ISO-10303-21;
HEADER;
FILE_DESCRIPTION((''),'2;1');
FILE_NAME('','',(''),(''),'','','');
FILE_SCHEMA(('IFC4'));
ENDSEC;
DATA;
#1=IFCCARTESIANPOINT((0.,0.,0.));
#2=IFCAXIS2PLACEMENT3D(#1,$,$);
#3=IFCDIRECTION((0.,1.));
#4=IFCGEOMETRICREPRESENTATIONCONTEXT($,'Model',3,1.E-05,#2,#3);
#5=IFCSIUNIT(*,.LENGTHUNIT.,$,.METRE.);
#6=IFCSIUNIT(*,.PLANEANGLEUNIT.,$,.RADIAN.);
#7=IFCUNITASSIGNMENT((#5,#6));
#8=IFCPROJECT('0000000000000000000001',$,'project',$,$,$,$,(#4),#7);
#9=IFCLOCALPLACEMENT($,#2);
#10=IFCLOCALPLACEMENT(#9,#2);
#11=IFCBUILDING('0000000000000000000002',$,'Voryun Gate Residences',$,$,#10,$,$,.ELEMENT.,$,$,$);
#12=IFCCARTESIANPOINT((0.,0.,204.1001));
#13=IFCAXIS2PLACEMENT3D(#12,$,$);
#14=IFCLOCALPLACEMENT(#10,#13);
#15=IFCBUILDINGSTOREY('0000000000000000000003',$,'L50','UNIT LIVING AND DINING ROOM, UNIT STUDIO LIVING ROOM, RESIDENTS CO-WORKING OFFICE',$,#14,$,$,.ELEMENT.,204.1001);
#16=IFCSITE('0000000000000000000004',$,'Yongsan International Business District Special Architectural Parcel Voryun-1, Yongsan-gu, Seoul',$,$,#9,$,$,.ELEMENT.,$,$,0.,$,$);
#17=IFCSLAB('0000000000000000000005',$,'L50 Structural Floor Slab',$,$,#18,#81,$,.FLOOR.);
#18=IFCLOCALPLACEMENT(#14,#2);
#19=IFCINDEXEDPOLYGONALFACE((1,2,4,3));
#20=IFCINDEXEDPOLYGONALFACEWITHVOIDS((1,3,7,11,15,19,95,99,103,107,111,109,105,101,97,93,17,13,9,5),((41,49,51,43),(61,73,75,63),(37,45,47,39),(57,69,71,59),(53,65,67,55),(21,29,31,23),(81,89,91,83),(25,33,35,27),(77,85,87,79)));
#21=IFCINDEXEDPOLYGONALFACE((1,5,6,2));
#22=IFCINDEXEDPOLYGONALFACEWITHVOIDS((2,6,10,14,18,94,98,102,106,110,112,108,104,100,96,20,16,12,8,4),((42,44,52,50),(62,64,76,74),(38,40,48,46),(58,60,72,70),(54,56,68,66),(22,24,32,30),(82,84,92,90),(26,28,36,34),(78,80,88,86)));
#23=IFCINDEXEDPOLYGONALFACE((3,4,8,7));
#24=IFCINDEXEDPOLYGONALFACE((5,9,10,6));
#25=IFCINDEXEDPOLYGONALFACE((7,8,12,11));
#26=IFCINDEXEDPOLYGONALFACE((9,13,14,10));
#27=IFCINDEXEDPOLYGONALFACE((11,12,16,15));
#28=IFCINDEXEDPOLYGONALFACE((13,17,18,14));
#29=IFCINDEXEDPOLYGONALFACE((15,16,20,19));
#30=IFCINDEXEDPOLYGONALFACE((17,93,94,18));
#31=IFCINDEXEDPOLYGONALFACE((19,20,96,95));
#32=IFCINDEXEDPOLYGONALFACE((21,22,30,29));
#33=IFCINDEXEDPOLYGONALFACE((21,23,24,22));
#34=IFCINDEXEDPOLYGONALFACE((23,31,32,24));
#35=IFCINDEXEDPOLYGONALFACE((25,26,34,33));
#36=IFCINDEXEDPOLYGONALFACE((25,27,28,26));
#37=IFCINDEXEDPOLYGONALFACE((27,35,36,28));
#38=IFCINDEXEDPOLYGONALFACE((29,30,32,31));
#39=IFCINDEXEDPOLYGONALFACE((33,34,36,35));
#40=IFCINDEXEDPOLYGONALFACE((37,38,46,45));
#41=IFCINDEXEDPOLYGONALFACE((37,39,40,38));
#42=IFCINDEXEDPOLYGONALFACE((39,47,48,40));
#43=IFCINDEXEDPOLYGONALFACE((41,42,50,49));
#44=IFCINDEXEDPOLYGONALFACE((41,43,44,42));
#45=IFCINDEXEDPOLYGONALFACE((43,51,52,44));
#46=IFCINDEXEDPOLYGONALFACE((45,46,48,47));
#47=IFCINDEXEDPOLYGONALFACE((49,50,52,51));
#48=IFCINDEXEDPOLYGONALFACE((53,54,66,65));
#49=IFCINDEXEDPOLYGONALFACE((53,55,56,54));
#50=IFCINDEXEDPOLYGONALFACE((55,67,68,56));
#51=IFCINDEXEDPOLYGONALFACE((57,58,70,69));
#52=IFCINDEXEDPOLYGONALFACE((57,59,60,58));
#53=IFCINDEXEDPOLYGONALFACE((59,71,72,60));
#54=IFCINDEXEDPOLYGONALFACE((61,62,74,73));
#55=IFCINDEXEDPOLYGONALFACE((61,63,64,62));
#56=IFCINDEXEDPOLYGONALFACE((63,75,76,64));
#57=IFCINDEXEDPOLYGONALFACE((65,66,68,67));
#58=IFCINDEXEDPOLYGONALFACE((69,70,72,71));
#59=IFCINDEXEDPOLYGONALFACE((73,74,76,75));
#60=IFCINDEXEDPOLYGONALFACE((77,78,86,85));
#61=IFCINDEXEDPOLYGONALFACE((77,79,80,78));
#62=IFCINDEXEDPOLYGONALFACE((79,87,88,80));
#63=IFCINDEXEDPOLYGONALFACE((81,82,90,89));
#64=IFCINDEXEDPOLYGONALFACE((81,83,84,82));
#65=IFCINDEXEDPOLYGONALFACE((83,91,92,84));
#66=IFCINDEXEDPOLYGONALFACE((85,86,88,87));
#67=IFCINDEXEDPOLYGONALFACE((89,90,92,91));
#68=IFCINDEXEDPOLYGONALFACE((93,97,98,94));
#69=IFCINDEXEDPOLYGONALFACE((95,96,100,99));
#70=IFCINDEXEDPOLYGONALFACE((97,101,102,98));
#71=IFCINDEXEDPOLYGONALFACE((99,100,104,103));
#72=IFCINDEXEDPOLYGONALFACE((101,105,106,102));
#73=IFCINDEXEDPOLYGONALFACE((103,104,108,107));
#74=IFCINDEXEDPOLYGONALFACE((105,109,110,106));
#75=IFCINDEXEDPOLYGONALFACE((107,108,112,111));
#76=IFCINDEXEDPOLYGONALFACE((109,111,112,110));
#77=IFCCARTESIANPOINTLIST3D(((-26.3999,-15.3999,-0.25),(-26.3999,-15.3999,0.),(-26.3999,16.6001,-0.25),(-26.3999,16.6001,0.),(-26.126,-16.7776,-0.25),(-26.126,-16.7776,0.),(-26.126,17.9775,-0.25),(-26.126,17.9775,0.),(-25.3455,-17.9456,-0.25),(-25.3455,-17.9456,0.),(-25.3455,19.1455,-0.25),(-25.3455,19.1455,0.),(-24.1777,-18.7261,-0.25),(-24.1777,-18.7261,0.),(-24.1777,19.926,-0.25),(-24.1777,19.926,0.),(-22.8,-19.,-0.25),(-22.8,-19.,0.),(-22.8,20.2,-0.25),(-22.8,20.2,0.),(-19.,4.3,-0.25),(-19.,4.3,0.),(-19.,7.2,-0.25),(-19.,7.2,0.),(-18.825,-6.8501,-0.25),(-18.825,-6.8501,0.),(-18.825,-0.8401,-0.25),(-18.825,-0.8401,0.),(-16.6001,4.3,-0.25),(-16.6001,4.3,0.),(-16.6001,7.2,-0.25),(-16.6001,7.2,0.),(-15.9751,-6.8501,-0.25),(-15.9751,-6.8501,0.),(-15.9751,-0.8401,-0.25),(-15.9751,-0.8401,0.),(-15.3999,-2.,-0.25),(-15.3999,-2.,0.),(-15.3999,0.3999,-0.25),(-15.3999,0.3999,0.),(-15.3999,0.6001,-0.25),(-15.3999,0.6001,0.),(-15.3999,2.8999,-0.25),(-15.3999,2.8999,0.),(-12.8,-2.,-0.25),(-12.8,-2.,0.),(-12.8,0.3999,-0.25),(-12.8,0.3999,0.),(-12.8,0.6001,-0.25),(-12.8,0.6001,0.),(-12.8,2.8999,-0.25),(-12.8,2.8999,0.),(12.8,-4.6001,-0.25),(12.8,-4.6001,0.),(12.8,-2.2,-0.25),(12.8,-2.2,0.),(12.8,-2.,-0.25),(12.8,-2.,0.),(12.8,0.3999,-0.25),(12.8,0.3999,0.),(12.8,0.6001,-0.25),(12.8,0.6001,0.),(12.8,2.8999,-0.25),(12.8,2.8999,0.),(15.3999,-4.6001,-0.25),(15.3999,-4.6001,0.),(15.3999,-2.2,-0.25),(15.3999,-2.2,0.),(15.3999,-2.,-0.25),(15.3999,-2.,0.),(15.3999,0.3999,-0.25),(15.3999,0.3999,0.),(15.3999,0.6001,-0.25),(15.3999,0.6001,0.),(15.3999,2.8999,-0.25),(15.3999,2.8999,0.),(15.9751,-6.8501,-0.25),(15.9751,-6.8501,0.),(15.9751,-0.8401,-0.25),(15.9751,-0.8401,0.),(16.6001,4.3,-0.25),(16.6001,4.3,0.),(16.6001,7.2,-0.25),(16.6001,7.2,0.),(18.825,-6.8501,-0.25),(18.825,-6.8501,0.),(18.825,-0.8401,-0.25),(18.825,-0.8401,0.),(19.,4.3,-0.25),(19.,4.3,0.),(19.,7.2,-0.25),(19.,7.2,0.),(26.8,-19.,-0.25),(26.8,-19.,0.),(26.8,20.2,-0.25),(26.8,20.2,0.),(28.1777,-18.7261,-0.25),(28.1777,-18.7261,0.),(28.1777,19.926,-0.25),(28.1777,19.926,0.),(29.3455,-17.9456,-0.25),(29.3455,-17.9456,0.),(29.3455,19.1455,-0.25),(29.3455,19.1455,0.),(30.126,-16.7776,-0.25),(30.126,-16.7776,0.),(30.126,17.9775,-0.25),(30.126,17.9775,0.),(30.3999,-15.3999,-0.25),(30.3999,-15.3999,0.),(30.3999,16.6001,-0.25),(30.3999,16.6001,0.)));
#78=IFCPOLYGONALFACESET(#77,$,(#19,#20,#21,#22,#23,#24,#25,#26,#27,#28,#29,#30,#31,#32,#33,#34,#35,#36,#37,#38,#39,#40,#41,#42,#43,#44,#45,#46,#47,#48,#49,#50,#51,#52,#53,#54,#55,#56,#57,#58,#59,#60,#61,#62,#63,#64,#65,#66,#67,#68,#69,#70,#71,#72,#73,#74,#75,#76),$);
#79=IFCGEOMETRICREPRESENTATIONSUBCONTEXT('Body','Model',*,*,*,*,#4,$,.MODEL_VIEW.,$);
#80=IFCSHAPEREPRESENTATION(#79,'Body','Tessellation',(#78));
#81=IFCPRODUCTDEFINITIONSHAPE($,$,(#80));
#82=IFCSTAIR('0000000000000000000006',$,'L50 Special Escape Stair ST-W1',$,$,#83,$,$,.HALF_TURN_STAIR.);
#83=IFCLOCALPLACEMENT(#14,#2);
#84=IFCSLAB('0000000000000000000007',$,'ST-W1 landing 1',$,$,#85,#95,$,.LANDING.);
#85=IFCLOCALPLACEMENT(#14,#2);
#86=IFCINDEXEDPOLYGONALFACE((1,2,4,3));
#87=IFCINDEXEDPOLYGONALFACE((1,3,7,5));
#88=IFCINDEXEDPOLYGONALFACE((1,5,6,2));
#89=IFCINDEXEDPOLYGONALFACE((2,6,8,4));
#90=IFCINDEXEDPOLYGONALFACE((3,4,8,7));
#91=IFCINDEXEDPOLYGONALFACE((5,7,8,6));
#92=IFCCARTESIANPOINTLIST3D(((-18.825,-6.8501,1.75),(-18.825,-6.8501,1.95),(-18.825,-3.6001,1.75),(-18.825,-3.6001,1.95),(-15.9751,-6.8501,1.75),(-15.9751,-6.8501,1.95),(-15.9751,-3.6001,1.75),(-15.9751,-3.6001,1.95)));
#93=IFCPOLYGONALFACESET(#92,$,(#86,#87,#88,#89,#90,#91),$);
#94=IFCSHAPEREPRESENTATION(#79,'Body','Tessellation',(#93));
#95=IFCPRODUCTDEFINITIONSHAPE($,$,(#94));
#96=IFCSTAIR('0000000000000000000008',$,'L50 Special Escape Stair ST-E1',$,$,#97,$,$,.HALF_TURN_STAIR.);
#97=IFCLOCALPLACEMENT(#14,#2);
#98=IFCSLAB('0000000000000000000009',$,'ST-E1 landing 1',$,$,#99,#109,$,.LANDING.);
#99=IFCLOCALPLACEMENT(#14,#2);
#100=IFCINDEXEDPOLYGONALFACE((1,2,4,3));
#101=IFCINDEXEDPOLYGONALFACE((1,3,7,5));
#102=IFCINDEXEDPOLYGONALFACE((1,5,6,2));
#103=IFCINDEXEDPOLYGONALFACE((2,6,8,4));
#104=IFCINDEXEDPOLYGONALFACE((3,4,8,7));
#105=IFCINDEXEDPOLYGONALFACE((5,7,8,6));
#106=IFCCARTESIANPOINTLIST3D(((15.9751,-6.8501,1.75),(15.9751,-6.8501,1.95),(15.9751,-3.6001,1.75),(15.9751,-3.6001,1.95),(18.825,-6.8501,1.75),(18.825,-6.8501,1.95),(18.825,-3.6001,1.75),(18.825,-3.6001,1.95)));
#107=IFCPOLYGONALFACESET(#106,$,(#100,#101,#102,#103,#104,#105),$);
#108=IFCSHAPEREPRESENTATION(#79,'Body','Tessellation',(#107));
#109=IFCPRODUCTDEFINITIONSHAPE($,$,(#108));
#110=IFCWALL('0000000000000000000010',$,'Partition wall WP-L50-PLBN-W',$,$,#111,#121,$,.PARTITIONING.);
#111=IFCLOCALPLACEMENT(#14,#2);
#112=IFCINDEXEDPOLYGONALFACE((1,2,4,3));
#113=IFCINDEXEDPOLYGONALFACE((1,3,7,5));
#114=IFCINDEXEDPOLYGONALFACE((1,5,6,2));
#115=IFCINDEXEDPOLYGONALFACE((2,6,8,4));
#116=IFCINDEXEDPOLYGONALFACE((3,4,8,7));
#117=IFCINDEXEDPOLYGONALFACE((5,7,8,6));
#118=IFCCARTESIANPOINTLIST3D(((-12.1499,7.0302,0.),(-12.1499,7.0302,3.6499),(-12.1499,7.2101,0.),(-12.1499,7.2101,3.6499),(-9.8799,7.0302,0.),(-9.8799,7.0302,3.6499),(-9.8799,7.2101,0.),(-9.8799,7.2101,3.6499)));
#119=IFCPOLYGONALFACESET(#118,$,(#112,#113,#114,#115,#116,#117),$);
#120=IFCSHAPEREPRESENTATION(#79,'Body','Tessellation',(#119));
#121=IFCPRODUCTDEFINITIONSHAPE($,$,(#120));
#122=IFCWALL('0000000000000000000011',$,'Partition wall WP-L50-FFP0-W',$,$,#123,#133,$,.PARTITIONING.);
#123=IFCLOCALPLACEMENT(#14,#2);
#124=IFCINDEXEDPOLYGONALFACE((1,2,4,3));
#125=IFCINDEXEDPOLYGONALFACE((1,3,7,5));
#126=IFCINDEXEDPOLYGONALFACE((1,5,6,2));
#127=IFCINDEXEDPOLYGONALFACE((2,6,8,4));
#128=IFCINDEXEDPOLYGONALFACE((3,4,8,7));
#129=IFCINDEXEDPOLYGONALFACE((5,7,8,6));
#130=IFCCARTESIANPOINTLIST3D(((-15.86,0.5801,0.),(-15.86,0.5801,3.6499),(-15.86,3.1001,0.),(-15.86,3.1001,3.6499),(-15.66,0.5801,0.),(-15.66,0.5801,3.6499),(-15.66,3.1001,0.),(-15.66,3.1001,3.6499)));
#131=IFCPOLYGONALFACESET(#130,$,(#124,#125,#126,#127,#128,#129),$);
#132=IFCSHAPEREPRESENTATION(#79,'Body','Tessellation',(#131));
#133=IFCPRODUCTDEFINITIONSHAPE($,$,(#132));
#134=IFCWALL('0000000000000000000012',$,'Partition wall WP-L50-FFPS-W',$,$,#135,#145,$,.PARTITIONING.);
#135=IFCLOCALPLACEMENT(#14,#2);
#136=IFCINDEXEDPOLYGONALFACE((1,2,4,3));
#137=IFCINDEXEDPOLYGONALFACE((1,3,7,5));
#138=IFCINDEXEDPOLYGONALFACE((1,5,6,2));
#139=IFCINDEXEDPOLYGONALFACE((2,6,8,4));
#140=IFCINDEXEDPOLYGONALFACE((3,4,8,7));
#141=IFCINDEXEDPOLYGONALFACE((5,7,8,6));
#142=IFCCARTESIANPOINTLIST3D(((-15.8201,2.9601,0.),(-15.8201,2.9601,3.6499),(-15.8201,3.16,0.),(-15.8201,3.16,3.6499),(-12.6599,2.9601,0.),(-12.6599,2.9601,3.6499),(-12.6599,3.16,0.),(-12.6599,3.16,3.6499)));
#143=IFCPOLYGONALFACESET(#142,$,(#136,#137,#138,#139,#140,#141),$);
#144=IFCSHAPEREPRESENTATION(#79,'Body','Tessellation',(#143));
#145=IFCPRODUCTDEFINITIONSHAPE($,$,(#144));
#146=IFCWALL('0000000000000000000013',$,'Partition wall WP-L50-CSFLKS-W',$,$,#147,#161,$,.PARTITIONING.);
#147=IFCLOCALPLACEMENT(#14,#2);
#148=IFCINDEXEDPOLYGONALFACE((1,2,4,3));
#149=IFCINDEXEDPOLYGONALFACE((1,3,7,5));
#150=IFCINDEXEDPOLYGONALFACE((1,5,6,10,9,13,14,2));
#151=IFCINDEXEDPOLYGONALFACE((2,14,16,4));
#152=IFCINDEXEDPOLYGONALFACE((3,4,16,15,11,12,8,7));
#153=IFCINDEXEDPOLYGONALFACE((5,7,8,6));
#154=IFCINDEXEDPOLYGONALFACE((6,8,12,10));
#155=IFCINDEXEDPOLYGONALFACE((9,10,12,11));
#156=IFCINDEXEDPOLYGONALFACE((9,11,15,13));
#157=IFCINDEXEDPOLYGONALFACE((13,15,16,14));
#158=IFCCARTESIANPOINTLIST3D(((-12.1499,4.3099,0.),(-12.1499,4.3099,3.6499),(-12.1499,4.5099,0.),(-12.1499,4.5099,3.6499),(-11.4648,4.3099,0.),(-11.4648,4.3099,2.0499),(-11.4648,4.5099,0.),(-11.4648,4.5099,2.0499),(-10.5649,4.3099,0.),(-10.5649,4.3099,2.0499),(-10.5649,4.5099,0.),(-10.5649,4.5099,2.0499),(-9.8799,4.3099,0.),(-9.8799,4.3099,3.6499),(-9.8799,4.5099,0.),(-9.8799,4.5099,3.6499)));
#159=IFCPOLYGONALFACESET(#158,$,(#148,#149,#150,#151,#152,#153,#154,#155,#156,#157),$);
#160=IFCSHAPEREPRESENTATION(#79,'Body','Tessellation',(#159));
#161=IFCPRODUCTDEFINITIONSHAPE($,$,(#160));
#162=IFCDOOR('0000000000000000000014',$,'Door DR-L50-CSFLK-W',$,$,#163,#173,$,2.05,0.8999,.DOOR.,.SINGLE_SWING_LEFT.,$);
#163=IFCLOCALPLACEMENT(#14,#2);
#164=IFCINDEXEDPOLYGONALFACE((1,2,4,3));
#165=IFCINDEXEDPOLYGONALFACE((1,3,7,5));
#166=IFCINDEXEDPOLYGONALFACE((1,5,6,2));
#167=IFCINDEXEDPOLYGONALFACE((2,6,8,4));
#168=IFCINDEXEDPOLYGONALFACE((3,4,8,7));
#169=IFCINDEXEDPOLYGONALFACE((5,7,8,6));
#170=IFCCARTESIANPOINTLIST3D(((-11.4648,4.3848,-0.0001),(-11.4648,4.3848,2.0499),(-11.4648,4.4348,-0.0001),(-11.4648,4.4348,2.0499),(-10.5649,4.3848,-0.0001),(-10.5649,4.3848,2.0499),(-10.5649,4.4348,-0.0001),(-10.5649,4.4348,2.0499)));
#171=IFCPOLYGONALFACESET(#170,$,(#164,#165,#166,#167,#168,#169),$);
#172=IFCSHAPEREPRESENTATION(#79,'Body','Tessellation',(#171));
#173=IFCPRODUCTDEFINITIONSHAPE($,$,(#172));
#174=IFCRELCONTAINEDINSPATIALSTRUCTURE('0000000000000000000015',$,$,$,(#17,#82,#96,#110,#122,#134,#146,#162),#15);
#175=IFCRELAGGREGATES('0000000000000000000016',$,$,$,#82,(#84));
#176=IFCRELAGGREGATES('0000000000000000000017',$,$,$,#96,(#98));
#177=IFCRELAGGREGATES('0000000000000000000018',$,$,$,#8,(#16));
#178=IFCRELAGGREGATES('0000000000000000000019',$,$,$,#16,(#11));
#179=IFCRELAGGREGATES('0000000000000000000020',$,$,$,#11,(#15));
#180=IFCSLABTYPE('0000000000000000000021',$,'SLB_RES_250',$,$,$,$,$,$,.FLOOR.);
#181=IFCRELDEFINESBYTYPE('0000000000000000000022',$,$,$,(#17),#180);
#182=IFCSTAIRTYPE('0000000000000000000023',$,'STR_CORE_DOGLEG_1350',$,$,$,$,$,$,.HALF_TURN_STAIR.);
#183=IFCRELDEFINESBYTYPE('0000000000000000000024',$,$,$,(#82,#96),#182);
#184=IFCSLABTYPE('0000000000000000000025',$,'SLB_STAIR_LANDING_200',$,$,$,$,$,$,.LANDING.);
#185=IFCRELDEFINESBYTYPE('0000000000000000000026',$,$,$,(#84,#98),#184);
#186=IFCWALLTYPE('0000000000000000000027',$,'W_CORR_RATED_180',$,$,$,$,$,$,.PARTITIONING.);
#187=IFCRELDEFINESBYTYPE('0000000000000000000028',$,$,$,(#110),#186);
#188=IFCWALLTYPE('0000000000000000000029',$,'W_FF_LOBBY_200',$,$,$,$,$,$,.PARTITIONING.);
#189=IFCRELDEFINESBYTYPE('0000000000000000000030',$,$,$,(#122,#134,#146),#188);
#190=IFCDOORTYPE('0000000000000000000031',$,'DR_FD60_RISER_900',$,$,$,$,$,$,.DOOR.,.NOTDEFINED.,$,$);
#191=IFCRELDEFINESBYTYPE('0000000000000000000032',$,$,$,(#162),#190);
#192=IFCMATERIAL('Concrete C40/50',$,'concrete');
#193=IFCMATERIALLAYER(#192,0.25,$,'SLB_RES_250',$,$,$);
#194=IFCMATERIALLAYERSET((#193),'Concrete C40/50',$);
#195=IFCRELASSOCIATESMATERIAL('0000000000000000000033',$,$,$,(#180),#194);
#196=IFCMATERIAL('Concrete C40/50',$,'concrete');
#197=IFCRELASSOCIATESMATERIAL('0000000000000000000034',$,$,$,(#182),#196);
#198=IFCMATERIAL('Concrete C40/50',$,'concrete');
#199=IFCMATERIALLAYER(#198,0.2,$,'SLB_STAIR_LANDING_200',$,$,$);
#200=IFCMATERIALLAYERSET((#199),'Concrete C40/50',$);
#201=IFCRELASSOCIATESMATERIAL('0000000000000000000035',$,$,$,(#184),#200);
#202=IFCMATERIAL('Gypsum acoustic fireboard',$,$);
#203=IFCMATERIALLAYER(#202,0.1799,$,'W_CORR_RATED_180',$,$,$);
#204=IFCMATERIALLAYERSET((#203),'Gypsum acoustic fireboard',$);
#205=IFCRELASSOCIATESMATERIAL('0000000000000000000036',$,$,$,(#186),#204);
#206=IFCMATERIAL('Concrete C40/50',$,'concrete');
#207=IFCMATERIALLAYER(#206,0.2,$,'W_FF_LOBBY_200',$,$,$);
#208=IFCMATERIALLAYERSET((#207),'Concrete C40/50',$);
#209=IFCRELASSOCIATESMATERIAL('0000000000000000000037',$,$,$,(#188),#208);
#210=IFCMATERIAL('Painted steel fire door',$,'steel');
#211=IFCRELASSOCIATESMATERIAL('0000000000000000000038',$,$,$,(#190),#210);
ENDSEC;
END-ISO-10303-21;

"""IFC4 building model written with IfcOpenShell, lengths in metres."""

from ifc_helpers import new_model, si_unit, direction, frame, frame_2d, origin, place, context, subcontext, project, spatial, polyline, rectangle, outline, extrude, material, layer, layer_set, type_object, element, fill, aggregate, save


model = new_model("IFC4")

# Units and contexts
model_context = context("Model", 3, precision=1e-05, world=origin(), true_north=direction((0.0, 1.0)))
body_context = subcontext(model_context, "Body", "Model", "MODEL_VIEW")
ifc_project = project(units=[si_unit("LENGTHUNIT", "METRE"), si_unit("PLANEANGLEUNIT", "RADIAN")], contexts=[model_context])

# Site, building, storey
site_placement = place(None, origin())
site = spatial("IfcSite", under=ifc_project, at=site_placement, Name="Yongsan International Business District Special Architectural Parcel Voryun-1, Yongsan-gu, Seoul", CompositionType="ELEMENT", RefElevation=0.0)
building_placement = place(site_placement, origin())
building = spatial("IfcBuilding", under=site, at=building_placement, Name="Voryun Gate Residences", CompositionType="ELEMENT")
storey_placement = place(building_placement, frame((0.0, 0.0, 204.1001)))
storey = spatial("IfcBuildingStorey", under=building, at=storey_placement, Name="L50", Description="UNIT LIVING AND DINING ROOM, UNIT STUDIO LIVING ROOM, RESIDENTS CO-WORKING OFFICE", CompositionType="ELEMENT", Elevation=204.1001)

# Slab
ifc_material_1 = material(Name="Concrete C40/50", Category="concrete")
ifc_layer_1 = layer(ifc_material_1, 0.25, Name="SLB_RES_250")
ifc_layer_set_1 = layer_set([ifc_layer_1], Name="Concrete C40/50")
slab_type_1 = type_object("IfcSlabType", Name="SLB_RES_250", PredefinedType="FLOOR", material=ifc_layer_set_1)
slab_1_placement = place(storey_placement, frame((0.0, 0.0, -0.25)))
element("IfcSlab", 1, at=slab_1_placement, inside=storey, type_object=slab_type_1, Name="L50 Structural Floor Slab", PredefinedType="FLOOR", context=body_context, shape_type="SweptSolid", body=[
    extrude(outline(polyline([(-22.8, -19.0), (-24.1777, -18.7261), (-25.3455, -17.9456), (-26.126, -16.7776), (-26.3999, -15.3999), (-26.3999, 16.6001), (-26.126, 17.9775), (-25.3455, 19.1455), (-24.1777, 19.926), (-22.8, 20.2), (26.8, 20.2), (28.1777, 19.926), (29.3455, 19.1455), (30.126, 17.9775), (30.3999, 16.6001), (30.3999, -15.3999), (30.126, -16.7776), (29.3455, -17.9456), (28.1777, -18.7261), (26.8, -19.0), (-22.8, -19.0)]), holes=[polyline([(-15.9751, -6.8501), (-15.9751, -0.8401), (-18.825, -0.8401), (-18.825, -6.8501), (-15.9751, -6.8501)]), polyline([(18.825, -6.8501), (18.825, -0.8401), (15.9751, -0.8401), (15.9751, -6.8501), (18.825, -6.8501)]), polyline([(15.3999, -2.2), (12.8, -2.2), (12.8, -4.6001), (15.3999, -4.6001), (15.3999, -2.2)]), polyline([(-12.8, 0.3999), (-15.3999, 0.3999), (-15.3999, -2.0), (-12.8, -2.0), (-12.8, 0.3999)]), polyline([(15.3999, 0.3999), (12.8, 0.3999), (12.8, -2.0), (15.3999, -2.0), (15.3999, 0.3999)]), polyline([(-12.8, 2.8999), (-15.3999, 2.8999), (-15.3999, 0.6001), (-12.8, 0.6001), (-12.8, 2.8999)]), polyline([(15.3999, 2.8999), (12.8, 2.8999), (12.8, 0.6001), (15.3999, 0.6001), (15.3999, 2.8999)]), polyline([(-16.6001, 4.3), (-16.6001, 7.2), (-19.0, 7.2), (-19.0, 4.3), (-16.6001, 4.3)]), polyline([(19.0, 4.3), (19.0, 7.2), (16.6001, 7.2), (16.6001, 4.3), (19.0, 4.3)])]), origin(), (0.0, 0.0, 1.0), 0.25),
])

# Stairs, slabs
ifc_material_2 = material(Name="Concrete C40/50", Category="concrete")
stair_type = type_object("IfcStairType", Name="STR_CORE_DOGLEG_1350", PredefinedType="HALF_TURN_STAIR", material=ifc_material_2)
stair_1_placement = place(storey_placement, origin())
stair_1 = element("IfcStair", 2, at=stair_1_placement, inside=storey, type_object=stair_type, Name="L50 Special Escape Stair ST-W1", PredefinedType="HALF_TURN_STAIR")
ifc_material_3 = material(Name="Concrete C40/50", Category="concrete")
ifc_layer_2 = layer(ifc_material_3, 0.2, Name="SLB_STAIR_LANDING_200")
ifc_layer_set_2 = layer_set([ifc_layer_2], Name="Concrete C40/50")
slab_type_2 = type_object("IfcSlabType", Name="SLB_STAIR_LANDING_200", PredefinedType="LANDING", material=ifc_layer_set_2)
slab_2_placement = place(storey_placement, frame((0.0, 0.0, 1.75)))
slab_2 = element("IfcSlab", 3, at=slab_2_placement, type_object=slab_type_2, Name="ST-W1 landing 1", PredefinedType="LANDING", context=body_context, shape_type="SweptSolid", body=[
    extrude(outline(polyline([(-18.825, -3.6001), (-18.825, -6.8501), (-15.9751, -6.8501), (-15.9751, -3.6001), (-18.825, -3.6001)])), origin(), (0.0, 0.0, 1.0), 0.2),
])
aggregate(stair_1, [slab_2])
stair_2_placement = place(storey_placement, origin())
stair_2 = element("IfcStair", 4, at=stair_2_placement, inside=storey, type_object=stair_type, Name="L50 Special Escape Stair ST-E1", PredefinedType="HALF_TURN_STAIR")
slab_3_placement = place(storey_placement, frame((0.0, 0.0, 1.75)))
slab_3 = element("IfcSlab", 5, at=slab_3_placement, type_object=slab_type_2, Name="ST-E1 landing 1", PredefinedType="LANDING", context=body_context, shape_type="SweptSolid", body=[
    extrude(outline(polyline([(15.9751, -3.6001), (15.9751, -6.8501), (18.825, -6.8501), (18.825, -3.6001), (15.9751, -3.6001)])), origin(), (0.0, 0.0, 1.0), 0.2),
])
aggregate(stair_2, [slab_3])

# Walls
ifc_material_4 = material(Name="Gypsum acoustic fireboard")
ifc_layer_3 = layer(ifc_material_4, 0.1799, Name="W_CORR_RATED_180")
ifc_layer_set_3 = layer_set([ifc_layer_3], Name="Gypsum acoustic fireboard")
wall_type_1 = type_object("IfcWallType", Name="W_CORR_RATED_180", PredefinedType="PARTITIONING", material=ifc_layer_set_3)
wall_1_placement = place(storey_placement, frame((-12.1499, 7.1201, 0.0), z_axis=(0.0, 0.0, 1.0), x_axis=(1.0, 0.0, 0.0)))
element("IfcWall", 6, at=wall_1_placement, inside=storey, type_object=wall_type_1, Name="Partition wall WP-L50-PLBN-W", PredefinedType="PARTITIONING", context=body_context, shape_type="SweptSolid", body=[
    extrude(rectangle(XDim=2.27, YDim=0.1799, at=frame_2d((1.135, 0.0))), origin(), (0.0, 0.0, 1.0), 3.6499),
])
ifc_material_5 = material(Name="Concrete C40/50", Category="concrete")
ifc_layer_4 = layer(ifc_material_5, 0.2, Name="W_FF_LOBBY_200")
ifc_layer_set_4 = layer_set([ifc_layer_4], Name="Concrete C40/50")
wall_type_2 = type_object("IfcWallType", Name="W_FF_LOBBY_200", PredefinedType="PARTITIONING", material=ifc_layer_set_4)
wall_2_placement = place(storey_placement, frame((-15.76, 0.5801, 0.0), z_axis=(0.0, 0.0, 1.0), x_axis=(0.0, 1.0, 0.0)))
element("IfcWall", 7, at=wall_2_placement, inside=storey, type_object=wall_type_2, Name="Partition wall WP-L50-FFP0-W", PredefinedType="PARTITIONING", context=body_context, shape_type="SweptSolid", body=[
    extrude(rectangle(XDim=2.52, YDim=0.2, at=frame_2d((1.26, 0.0))), origin(), (0.0, 0.0, 1.0), 3.6499),
])
wall_3_placement = place(storey_placement, frame((-15.8201, 3.0601, 0.0), z_axis=(0.0, 0.0, 1.0), x_axis=(1.0, 0.0, 0.0)))
element("IfcWall", 8, at=wall_3_placement, inside=storey, type_object=wall_type_2, Name="Partition wall WP-L50-FFPS-W", PredefinedType="PARTITIONING", context=body_context, shape_type="SweptSolid", body=[
    extrude(rectangle(XDim=3.1602, YDim=0.2, at=frame_2d((1.5801, 0.0))), origin(), (0.0, 0.0, 1.0), 3.6499),
])

# Wall, opening, door
wall_4_placement = place(storey_placement, frame((-12.1499, 4.4099, 0.0), z_axis=(0.0, 0.0, 1.0), x_axis=(1.0, 0.0, 0.0)))
wall_4 = element("IfcWall", 9, at=wall_4_placement, inside=storey, type_object=wall_type_2, Name="Partition wall WP-L50-CSFLKS-W", PredefinedType="PARTITIONING", context=body_context, shape_type="SweptSolid", body=[
    extrude(rectangle(XDim=2.27, YDim=0.2, at=frame_2d((1.135, 0.0))), origin(), (0.0, 0.0, 1.0), 3.6499),
])
opening_placement = place(wall_4_placement, frame((0.6851, 0.0, 0.0)))
opening = element("IfcOpeningElement", 10, at=opening_placement, cuts=wall_4, PredefinedType="OPENING", context=body_context, shape_type="SweptSolid", body=[
    extrude(rectangle(XDim=0.8999, YDim=2.05, at=frame_2d((0.45, 1.0249))), frame((0.0, 0.1101, 0.0), z_axis=(0.0, -1.0, 0.0), x_axis=(1.0, 0.0, 0.0)), (0.0, 0.0, 1.0), 0.22),
])
ifc_material_6 = material(Name="Painted steel fire door", Category="steel")
door_type = type_object("IfcDoorType", Name="DR_FD60_RISER_900", OperationType="NOTDEFINED", PredefinedType="DOOR", material=ifc_material_6)
door_placement = place(opening_placement, origin())
door = element("IfcDoor", 11, at=door_placement, inside=storey, type_object=door_type, Name="Door DR-L50-CSFLK-W", OperationType="SINGLE_SWING_LEFT", OverallHeight=2.05, OverallWidth=0.8999, PredefinedType="DOOR", context=body_context, shape_type="SweptSolid", body=[
    extrude(rectangle(XDim=0.8999, YDim=2.05, at=frame_2d((0.45, 1.0249))), frame((0.0, 0.0249, 0.0), z_axis=(0.0, -1.0, 0.0), x_axis=(1.0, 0.0, 0.0)), (0.0, 0.0, 1.0), 0.05),
])
fill(opening, door)

save(model, "model.ifc")
